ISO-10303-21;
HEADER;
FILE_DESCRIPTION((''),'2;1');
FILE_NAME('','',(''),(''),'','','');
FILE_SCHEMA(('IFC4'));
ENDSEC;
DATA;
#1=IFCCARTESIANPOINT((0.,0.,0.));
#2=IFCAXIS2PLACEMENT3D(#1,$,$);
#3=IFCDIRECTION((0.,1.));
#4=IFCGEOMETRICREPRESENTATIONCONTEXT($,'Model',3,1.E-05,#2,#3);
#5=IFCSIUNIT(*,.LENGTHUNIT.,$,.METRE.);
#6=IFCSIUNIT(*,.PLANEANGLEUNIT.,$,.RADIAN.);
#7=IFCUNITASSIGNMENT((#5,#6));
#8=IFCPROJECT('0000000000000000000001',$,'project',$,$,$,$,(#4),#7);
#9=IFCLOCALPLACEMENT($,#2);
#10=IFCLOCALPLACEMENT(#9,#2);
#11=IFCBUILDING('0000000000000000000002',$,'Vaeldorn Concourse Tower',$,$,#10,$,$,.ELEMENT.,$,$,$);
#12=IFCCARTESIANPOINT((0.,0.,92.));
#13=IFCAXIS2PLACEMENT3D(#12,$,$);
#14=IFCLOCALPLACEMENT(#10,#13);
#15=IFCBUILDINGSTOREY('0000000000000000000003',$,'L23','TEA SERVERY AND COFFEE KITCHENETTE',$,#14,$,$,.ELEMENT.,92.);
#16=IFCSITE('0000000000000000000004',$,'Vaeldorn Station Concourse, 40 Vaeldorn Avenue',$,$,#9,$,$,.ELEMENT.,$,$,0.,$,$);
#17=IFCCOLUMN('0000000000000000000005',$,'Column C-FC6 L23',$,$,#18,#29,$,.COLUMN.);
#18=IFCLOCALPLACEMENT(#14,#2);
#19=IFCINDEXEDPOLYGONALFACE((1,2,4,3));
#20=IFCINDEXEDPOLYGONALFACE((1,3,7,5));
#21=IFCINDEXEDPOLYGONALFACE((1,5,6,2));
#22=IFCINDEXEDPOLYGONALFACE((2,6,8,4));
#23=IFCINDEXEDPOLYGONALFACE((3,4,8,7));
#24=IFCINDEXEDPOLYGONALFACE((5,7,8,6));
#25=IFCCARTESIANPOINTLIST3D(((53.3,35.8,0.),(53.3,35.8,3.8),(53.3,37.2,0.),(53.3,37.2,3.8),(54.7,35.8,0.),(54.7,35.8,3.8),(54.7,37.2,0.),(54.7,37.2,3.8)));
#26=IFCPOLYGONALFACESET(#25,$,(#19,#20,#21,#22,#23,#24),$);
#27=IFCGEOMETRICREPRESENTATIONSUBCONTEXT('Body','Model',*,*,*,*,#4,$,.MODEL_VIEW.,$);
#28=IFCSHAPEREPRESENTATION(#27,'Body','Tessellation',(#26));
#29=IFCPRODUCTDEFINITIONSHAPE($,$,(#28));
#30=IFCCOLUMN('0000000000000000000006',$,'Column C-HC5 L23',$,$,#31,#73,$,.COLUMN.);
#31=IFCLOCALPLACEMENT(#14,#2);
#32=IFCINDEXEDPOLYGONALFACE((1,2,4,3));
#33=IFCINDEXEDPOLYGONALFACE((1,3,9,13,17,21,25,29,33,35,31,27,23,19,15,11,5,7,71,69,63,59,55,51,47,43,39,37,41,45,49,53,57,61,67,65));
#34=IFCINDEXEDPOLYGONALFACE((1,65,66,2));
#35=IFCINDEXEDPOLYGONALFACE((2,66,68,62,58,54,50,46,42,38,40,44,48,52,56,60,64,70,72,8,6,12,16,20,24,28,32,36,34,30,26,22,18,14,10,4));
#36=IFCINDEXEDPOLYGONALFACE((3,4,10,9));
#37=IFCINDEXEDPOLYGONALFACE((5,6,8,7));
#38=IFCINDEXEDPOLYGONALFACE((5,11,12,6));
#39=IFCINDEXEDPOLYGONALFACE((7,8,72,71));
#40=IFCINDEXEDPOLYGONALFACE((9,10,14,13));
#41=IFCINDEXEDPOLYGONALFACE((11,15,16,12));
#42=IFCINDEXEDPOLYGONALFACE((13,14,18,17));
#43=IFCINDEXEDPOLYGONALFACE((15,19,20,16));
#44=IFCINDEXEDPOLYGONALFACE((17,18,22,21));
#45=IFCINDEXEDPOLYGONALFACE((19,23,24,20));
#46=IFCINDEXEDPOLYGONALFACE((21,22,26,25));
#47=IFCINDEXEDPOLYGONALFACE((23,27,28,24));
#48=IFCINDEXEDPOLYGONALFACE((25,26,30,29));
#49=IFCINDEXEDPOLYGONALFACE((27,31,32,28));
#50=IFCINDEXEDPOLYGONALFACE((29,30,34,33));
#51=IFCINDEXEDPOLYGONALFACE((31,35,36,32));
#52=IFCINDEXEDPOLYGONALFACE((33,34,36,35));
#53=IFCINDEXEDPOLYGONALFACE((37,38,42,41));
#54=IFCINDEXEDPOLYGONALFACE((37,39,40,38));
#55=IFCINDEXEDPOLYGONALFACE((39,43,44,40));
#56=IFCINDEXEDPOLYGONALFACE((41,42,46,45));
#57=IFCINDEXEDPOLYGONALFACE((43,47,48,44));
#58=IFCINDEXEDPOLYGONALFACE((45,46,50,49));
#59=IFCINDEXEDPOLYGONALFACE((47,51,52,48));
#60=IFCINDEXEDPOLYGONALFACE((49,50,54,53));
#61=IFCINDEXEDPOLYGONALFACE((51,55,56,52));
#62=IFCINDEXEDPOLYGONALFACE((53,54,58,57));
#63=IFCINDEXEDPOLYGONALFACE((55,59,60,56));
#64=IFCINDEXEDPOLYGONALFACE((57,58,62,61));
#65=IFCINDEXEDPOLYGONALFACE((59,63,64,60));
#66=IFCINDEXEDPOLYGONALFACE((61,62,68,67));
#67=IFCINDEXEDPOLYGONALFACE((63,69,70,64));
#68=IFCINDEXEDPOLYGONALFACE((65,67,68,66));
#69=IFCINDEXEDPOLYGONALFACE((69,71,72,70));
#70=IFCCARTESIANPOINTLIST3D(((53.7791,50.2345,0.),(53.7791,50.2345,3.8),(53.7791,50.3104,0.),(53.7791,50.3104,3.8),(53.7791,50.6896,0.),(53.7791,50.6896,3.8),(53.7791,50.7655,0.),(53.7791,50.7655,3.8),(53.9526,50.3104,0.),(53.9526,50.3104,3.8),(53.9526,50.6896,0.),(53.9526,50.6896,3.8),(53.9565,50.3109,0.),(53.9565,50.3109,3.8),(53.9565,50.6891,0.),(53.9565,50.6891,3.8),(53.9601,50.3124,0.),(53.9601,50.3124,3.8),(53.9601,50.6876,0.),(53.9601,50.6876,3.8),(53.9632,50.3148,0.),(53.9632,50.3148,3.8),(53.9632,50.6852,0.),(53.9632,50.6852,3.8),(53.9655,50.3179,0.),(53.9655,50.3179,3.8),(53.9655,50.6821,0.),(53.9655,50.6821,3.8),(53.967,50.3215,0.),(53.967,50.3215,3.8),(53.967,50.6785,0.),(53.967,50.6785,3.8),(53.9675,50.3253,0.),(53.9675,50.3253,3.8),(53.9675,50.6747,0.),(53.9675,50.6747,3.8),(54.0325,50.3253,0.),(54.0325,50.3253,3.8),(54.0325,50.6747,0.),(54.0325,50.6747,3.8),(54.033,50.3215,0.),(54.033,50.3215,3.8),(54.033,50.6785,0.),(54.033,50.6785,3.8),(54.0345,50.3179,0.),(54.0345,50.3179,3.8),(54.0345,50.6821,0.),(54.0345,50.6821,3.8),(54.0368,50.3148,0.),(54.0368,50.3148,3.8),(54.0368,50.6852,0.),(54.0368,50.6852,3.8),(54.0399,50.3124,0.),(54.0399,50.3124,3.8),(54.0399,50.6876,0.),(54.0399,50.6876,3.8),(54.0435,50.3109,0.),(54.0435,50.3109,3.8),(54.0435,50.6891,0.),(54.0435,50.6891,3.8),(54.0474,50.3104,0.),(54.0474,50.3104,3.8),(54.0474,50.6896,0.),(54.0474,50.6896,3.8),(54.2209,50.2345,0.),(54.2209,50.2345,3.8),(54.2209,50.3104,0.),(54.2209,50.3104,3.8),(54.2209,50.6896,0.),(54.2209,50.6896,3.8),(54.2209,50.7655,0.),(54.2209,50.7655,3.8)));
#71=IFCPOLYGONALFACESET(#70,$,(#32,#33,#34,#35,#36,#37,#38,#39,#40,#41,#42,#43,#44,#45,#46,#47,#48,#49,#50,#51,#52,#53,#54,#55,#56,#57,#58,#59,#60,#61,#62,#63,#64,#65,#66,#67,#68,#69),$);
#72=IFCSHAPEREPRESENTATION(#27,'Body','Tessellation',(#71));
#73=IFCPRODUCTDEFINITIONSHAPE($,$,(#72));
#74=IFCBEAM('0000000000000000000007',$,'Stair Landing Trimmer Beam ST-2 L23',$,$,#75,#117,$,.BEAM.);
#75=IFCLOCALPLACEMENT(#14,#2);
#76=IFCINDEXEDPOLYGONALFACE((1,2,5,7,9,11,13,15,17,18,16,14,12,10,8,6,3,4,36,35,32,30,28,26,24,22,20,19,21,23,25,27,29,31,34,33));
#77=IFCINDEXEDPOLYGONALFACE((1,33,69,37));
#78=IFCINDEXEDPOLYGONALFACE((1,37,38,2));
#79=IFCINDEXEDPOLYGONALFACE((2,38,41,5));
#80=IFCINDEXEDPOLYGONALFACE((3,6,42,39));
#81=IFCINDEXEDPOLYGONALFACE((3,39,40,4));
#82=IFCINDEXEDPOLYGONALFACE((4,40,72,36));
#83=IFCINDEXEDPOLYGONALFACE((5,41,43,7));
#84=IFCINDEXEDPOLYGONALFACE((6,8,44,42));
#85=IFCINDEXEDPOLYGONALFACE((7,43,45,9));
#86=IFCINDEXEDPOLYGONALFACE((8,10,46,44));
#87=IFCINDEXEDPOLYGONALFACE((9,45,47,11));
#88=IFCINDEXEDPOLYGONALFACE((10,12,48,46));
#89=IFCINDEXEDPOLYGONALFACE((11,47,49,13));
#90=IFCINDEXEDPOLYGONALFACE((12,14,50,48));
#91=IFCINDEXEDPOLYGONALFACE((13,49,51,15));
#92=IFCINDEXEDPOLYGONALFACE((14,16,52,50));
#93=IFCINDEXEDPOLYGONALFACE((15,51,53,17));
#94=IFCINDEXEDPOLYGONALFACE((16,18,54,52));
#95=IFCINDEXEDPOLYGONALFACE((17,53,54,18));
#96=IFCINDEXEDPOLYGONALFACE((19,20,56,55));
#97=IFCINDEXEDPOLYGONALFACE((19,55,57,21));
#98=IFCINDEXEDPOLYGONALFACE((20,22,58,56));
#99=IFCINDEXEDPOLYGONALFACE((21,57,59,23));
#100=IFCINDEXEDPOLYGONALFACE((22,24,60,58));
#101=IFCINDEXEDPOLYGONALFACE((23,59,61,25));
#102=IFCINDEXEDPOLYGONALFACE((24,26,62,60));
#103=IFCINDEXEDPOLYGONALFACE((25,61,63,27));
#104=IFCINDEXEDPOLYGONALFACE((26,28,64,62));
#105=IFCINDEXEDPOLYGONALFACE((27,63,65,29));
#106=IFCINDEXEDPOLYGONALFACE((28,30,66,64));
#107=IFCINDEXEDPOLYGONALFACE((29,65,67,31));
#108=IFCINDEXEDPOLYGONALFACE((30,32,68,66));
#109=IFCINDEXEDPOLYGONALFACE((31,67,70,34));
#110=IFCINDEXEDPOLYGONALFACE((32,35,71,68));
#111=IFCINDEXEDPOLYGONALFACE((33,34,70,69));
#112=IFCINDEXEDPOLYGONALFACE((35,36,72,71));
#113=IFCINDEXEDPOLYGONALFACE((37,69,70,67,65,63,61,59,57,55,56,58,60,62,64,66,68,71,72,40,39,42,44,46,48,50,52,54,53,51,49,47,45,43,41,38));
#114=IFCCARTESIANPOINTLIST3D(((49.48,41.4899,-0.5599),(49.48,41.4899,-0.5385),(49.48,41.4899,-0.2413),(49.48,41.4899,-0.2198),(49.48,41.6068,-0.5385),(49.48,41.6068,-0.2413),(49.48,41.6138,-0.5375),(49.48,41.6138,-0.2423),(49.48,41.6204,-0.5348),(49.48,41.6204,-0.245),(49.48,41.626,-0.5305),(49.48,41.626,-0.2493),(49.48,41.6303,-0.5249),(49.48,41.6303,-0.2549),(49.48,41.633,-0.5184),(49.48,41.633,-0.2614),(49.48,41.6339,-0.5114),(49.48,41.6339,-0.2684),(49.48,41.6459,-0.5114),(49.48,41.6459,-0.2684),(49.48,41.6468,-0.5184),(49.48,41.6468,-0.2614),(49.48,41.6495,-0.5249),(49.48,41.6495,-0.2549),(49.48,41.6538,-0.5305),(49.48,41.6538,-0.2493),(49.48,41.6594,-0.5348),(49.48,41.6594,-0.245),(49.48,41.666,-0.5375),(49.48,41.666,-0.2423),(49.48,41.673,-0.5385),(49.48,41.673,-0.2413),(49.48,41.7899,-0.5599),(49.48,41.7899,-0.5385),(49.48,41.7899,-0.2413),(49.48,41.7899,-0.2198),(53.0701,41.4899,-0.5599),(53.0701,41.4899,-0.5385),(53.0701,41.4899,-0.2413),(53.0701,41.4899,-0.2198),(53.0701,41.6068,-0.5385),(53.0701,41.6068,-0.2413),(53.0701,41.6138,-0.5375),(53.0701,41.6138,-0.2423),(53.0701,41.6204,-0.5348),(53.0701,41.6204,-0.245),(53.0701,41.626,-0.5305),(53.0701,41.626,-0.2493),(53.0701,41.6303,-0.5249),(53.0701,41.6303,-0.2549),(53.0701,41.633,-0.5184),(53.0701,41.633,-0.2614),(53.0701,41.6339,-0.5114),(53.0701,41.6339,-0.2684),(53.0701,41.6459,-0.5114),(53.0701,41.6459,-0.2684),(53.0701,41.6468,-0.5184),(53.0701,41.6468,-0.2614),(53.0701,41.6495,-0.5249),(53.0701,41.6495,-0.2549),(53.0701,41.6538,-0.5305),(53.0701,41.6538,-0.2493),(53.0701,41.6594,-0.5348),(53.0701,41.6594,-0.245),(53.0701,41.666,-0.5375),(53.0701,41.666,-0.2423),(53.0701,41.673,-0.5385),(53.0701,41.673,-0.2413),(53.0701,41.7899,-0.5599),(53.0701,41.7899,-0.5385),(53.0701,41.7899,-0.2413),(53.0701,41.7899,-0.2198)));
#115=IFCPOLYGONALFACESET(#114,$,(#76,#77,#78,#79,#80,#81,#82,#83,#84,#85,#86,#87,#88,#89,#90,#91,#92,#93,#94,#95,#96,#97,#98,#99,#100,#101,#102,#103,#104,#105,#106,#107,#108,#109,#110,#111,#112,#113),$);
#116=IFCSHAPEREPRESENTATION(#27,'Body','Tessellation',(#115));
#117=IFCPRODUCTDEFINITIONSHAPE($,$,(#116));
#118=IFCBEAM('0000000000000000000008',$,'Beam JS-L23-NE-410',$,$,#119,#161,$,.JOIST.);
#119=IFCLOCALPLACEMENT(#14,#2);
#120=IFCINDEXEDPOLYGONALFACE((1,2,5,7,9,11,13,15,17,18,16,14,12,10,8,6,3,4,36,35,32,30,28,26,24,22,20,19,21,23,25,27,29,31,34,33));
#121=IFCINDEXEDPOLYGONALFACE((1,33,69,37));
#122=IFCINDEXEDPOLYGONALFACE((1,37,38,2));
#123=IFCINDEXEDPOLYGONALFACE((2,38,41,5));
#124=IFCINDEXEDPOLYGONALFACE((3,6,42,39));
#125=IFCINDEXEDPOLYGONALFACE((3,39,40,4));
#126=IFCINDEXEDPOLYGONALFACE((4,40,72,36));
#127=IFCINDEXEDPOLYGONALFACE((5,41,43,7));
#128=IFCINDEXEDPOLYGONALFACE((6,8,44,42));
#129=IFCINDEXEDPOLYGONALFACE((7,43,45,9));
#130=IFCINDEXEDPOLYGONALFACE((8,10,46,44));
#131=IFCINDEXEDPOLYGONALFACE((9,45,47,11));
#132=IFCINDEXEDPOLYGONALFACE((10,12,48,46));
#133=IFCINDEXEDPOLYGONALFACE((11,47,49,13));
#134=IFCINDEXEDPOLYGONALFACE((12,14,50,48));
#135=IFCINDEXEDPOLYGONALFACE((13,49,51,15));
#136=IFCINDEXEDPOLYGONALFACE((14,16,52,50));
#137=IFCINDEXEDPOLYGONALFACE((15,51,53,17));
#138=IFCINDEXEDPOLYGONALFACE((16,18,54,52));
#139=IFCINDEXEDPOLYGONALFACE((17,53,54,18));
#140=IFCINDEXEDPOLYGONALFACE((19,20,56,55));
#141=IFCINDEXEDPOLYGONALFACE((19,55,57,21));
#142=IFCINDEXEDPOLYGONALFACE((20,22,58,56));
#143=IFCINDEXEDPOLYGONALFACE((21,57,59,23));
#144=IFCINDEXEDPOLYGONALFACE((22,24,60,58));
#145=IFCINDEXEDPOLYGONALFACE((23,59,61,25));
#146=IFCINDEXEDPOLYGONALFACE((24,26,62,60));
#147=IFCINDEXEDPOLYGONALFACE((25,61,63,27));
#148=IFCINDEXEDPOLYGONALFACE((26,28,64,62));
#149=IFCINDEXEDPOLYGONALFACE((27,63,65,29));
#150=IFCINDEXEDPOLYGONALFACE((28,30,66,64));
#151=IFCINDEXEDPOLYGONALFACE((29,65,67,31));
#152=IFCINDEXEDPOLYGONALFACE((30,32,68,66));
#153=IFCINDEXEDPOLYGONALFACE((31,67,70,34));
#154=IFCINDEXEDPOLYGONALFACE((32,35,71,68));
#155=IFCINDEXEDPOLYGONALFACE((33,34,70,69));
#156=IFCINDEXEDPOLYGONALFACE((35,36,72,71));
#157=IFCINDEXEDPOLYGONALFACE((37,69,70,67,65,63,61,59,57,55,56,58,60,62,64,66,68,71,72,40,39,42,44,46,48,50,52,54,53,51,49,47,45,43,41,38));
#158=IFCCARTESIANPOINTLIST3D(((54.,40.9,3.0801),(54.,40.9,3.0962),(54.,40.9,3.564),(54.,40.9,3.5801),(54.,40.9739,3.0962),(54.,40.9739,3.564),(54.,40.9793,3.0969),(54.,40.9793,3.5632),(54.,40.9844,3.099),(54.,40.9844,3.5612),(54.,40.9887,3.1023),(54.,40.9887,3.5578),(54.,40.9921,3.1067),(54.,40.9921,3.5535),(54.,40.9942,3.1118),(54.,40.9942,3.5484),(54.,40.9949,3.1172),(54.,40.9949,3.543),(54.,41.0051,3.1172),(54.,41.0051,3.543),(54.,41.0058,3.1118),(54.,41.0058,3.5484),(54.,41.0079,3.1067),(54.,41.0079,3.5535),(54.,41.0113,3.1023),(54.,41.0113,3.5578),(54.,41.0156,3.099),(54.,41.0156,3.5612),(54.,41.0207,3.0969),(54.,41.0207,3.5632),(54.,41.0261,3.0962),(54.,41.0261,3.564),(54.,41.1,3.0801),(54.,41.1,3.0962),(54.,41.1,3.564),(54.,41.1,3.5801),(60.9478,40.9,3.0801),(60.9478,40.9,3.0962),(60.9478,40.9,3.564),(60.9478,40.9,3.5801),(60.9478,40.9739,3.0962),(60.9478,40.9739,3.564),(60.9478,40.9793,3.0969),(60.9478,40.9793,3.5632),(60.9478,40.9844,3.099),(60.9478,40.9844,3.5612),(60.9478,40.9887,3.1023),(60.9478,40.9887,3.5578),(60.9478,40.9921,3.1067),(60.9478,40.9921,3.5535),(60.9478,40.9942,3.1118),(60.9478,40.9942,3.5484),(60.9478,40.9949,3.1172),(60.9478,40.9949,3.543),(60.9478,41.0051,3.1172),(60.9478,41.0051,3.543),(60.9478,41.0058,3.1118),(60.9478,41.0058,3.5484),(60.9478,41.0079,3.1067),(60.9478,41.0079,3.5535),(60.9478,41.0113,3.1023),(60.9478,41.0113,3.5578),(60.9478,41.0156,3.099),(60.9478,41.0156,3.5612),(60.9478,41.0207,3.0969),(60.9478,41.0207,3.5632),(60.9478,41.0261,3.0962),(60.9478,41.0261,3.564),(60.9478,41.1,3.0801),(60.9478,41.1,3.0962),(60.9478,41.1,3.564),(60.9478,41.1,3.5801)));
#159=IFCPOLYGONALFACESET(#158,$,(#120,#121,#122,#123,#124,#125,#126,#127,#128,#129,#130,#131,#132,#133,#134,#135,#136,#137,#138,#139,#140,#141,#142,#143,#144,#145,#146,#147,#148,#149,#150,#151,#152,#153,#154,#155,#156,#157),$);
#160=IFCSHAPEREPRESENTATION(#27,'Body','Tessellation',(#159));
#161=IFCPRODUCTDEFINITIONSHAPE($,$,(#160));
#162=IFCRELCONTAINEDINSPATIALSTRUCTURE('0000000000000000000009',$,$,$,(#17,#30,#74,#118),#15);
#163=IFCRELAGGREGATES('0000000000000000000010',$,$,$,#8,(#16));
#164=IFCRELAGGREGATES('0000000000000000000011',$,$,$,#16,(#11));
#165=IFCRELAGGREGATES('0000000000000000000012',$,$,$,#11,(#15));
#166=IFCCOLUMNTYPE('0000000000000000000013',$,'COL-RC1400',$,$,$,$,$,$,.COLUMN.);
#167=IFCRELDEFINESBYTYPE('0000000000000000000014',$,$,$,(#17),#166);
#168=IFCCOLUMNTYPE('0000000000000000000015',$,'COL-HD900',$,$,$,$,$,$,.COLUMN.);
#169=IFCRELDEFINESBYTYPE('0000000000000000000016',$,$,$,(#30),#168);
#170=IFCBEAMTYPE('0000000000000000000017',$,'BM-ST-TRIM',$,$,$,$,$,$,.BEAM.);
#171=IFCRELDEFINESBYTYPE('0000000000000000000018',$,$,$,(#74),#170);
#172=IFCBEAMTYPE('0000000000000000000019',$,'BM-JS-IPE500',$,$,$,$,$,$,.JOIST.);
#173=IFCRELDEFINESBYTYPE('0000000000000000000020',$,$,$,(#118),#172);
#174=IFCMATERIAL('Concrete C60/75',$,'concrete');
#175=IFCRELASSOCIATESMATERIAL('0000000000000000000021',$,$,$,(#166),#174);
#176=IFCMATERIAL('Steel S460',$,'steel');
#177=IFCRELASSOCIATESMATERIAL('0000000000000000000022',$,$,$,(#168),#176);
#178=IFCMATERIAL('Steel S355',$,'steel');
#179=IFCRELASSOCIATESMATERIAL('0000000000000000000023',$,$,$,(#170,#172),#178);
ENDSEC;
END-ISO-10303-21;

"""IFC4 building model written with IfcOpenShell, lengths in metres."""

from ifc_helpers import new_model, si_unit, direction, frame, origin, origin_2d, place, context, subcontext, project, spatial, rectangle, i_section, extrude, source, transform, mapped, material, material_profile, profile_set, type_object, element, save


model = new_model("IFC4")

# Units and contexts
model_context = context("Model", 3, precision=1e-05, world=origin(), true_north=direction((0.0, 1.0)))
body_context = subcontext(model_context, "Body", "Model", "MODEL_VIEW")
ifc_project = project(units=[si_unit("LENGTHUNIT", "METRE"), si_unit("PLANEANGLEUNIT", "RADIAN")], contexts=[model_context])

# Site, building, storey
site_placement = place(None, origin())
site = spatial("IfcSite", under=ifc_project, at=site_placement, Name="Vaeldorn Station Concourse, 40 Vaeldorn Avenue", CompositionType="ELEMENT", RefElevation=0.0)
building_placement = place(site_placement, origin())
building = spatial("IfcBuilding", under=site, at=building_placement, Name="Vaeldorn Concourse Tower", CompositionType="ELEMENT")
storey_placement = place(building_placement, frame((0.0, 0.0, 92.0)))
storey = spatial("IfcBuildingStorey", under=building, at=storey_placement, Name="L23", Description="TEA SERVERY AND COFFEE KITCHENETTE", CompositionType="ELEMENT", Elevation=92.0)

# Columns
ifc_material_1 = material(Name="Concrete C60/75", Category="concrete")
ifc_material_profile_1 = material_profile(ifc_material_1, rectangle(XDim=1.3999, YDim=1.3999, at=origin_2d()), Name="RC 1400x1400")
ifc_profile_set_1 = profile_set([ifc_material_profile_1], Name="Concrete C60/75")
column_type_1 = type_object("IfcColumnType", Name="COL-RC1400", PredefinedType="COLUMN", material=ifc_profile_set_1)
shared_shape_1 = source(origin(), body_context, "Body", "SweptSolid", [
    extrude(rectangle(XDim=1.3999, YDim=1.3999, at=origin_2d()), origin(), (0.0, 0.0, 1.0), 3.8),
])
column_1_placement = place(storey_placement, frame((54.0, 36.5, 0.0), z_axis=(0.0, 0.0, 1.0), x_axis=(1.0, 0.0, 0.0)))
element("IfcColumn", 1, at=column_1_placement, inside=storey, type_object=column_type_1, Name="Column C-FC6 L23", PredefinedType="COLUMN", context=body_context, shape_type="MappedRepresentation", body=[
    mapped(shared_shape_1, transform((0.0, 0.0, 0.0), scale=1.0)),
])
ifc_material_2 = material(Name="Steel S460", Category="steel")
ifc_material_profile_2 = material_profile(ifc_material_2, i_section(OverallWidth=0.4419, OverallDepth=0.531, WebThickness=0.0649, FlangeThickness=0.0759, FilletRadius=0.0149, at=origin_2d()), Name="HD 400x900")
ifc_profile_set_2 = profile_set([ifc_material_profile_2], Name="Steel S460")
column_type_2 = type_object("IfcColumnType", Name="COL-HD900", PredefinedType="COLUMN", material=ifc_profile_set_2)
shared_shape_2 = source(origin(), body_context, "Body", "SweptSolid", [
    extrude(i_section(OverallWidth=0.4419, OverallDepth=0.531, WebThickness=0.0649, FlangeThickness=0.0759, FilletRadius=0.0149, at=origin_2d()), origin(), (0.0, 0.0, 1.0), 3.8),
])
column_2_placement = place(storey_placement, frame((54.0, 50.5, 0.0), z_axis=(0.0, 0.0, 1.0), x_axis=(1.0, 0.0, 0.0)))
element("IfcColumn", 2, at=column_2_placement, inside=storey, type_object=column_type_2, Name="Column C-HC5 L23", PredefinedType="COLUMN", context=body_context, shape_type="MappedRepresentation", body=[
    mapped(shared_shape_2, transform((0.0, 0.0, 0.0), scale=1.0)),
])

# Beams
ifc_material_3 = material(Name="Steel S355", Category="steel")
ifc_material_profile_3 = material_profile(ifc_material_3, i_section(OverallWidth=0.3, OverallDepth=0.3401, WebThickness=0.012, FlangeThickness=0.0215, FilletRadius=0.0271, at=origin_2d()), Name="HEB 340")
ifc_profile_set_3 = profile_set([ifc_material_profile_3], Name="Steel S355")
beam_type_1 = type_object("IfcBeamType", Name="BM-ST-TRIM", PredefinedType="BEAM", material=ifc_profile_set_3)
shared_shape_3 = source(origin(), body_context, "Body", "SweptSolid", [
    extrude(i_section(OverallWidth=0.3, OverallDepth=0.3401, WebThickness=0.012, FlangeThickness=0.0215, FilletRadius=0.0271, at=origin_2d()), origin(), (0.0, 0.0, 1.0), 3.5901),
])
beam_1_placement = place(storey_placement, frame((49.48, 41.6399, -0.3899), z_axis=(1.0, 0.0, 0.0), x_axis=(0.0, 1.0, 0.0)))
element("IfcBeam", 3, at=beam_1_placement, inside=storey, type_object=beam_type_1, Name="Stair Landing Trimmer Beam ST-2 L23", PredefinedType="BEAM", context=body_context, shape_type="MappedRepresentation", body=[
    mapped(shared_shape_3, transform((0.0, 0.0, 0.0), scale=1.0)),
])
ifc_material_profile_4 = material_profile(ifc_material_3, i_section(OverallWidth=0.2, OverallDepth=0.5, WebThickness=0.0103, FlangeThickness=0.0161, FilletRadius=0.021, at=origin_2d()), Name="IPE 500")
ifc_profile_set_4 = profile_set([ifc_material_profile_4], Name="Steel S355")
beam_type_2 = type_object("IfcBeamType", Name="BM-JS-IPE500", PredefinedType="JOIST", material=ifc_profile_set_4)
shared_shape_4 = source(origin(), body_context, "Body", "SweptSolid", [
    extrude(i_section(OverallWidth=0.2, OverallDepth=0.5, WebThickness=0.0103, FlangeThickness=0.0161, FilletRadius=0.021, at=origin_2d()), origin(), (0.0, 0.0, 1.0), 6.9478),
])
beam_2_placement = place(storey_placement, frame((54.0, 41.0, 3.3301), z_axis=(1.0, 0.0, 0.0), x_axis=(0.0, 1.0, 0.0)))
element("IfcBeam", 4, at=beam_2_placement, inside=storey, type_object=beam_type_2, Name="Beam JS-L23-NE-410", PredefinedType="JOIST", context=body_context, shape_type="MappedRepresentation", body=[
    mapped(shared_shape_4, transform((0.0, 0.0, 0.0), scale=1.0)),
])

save(model, "model.ifc")
